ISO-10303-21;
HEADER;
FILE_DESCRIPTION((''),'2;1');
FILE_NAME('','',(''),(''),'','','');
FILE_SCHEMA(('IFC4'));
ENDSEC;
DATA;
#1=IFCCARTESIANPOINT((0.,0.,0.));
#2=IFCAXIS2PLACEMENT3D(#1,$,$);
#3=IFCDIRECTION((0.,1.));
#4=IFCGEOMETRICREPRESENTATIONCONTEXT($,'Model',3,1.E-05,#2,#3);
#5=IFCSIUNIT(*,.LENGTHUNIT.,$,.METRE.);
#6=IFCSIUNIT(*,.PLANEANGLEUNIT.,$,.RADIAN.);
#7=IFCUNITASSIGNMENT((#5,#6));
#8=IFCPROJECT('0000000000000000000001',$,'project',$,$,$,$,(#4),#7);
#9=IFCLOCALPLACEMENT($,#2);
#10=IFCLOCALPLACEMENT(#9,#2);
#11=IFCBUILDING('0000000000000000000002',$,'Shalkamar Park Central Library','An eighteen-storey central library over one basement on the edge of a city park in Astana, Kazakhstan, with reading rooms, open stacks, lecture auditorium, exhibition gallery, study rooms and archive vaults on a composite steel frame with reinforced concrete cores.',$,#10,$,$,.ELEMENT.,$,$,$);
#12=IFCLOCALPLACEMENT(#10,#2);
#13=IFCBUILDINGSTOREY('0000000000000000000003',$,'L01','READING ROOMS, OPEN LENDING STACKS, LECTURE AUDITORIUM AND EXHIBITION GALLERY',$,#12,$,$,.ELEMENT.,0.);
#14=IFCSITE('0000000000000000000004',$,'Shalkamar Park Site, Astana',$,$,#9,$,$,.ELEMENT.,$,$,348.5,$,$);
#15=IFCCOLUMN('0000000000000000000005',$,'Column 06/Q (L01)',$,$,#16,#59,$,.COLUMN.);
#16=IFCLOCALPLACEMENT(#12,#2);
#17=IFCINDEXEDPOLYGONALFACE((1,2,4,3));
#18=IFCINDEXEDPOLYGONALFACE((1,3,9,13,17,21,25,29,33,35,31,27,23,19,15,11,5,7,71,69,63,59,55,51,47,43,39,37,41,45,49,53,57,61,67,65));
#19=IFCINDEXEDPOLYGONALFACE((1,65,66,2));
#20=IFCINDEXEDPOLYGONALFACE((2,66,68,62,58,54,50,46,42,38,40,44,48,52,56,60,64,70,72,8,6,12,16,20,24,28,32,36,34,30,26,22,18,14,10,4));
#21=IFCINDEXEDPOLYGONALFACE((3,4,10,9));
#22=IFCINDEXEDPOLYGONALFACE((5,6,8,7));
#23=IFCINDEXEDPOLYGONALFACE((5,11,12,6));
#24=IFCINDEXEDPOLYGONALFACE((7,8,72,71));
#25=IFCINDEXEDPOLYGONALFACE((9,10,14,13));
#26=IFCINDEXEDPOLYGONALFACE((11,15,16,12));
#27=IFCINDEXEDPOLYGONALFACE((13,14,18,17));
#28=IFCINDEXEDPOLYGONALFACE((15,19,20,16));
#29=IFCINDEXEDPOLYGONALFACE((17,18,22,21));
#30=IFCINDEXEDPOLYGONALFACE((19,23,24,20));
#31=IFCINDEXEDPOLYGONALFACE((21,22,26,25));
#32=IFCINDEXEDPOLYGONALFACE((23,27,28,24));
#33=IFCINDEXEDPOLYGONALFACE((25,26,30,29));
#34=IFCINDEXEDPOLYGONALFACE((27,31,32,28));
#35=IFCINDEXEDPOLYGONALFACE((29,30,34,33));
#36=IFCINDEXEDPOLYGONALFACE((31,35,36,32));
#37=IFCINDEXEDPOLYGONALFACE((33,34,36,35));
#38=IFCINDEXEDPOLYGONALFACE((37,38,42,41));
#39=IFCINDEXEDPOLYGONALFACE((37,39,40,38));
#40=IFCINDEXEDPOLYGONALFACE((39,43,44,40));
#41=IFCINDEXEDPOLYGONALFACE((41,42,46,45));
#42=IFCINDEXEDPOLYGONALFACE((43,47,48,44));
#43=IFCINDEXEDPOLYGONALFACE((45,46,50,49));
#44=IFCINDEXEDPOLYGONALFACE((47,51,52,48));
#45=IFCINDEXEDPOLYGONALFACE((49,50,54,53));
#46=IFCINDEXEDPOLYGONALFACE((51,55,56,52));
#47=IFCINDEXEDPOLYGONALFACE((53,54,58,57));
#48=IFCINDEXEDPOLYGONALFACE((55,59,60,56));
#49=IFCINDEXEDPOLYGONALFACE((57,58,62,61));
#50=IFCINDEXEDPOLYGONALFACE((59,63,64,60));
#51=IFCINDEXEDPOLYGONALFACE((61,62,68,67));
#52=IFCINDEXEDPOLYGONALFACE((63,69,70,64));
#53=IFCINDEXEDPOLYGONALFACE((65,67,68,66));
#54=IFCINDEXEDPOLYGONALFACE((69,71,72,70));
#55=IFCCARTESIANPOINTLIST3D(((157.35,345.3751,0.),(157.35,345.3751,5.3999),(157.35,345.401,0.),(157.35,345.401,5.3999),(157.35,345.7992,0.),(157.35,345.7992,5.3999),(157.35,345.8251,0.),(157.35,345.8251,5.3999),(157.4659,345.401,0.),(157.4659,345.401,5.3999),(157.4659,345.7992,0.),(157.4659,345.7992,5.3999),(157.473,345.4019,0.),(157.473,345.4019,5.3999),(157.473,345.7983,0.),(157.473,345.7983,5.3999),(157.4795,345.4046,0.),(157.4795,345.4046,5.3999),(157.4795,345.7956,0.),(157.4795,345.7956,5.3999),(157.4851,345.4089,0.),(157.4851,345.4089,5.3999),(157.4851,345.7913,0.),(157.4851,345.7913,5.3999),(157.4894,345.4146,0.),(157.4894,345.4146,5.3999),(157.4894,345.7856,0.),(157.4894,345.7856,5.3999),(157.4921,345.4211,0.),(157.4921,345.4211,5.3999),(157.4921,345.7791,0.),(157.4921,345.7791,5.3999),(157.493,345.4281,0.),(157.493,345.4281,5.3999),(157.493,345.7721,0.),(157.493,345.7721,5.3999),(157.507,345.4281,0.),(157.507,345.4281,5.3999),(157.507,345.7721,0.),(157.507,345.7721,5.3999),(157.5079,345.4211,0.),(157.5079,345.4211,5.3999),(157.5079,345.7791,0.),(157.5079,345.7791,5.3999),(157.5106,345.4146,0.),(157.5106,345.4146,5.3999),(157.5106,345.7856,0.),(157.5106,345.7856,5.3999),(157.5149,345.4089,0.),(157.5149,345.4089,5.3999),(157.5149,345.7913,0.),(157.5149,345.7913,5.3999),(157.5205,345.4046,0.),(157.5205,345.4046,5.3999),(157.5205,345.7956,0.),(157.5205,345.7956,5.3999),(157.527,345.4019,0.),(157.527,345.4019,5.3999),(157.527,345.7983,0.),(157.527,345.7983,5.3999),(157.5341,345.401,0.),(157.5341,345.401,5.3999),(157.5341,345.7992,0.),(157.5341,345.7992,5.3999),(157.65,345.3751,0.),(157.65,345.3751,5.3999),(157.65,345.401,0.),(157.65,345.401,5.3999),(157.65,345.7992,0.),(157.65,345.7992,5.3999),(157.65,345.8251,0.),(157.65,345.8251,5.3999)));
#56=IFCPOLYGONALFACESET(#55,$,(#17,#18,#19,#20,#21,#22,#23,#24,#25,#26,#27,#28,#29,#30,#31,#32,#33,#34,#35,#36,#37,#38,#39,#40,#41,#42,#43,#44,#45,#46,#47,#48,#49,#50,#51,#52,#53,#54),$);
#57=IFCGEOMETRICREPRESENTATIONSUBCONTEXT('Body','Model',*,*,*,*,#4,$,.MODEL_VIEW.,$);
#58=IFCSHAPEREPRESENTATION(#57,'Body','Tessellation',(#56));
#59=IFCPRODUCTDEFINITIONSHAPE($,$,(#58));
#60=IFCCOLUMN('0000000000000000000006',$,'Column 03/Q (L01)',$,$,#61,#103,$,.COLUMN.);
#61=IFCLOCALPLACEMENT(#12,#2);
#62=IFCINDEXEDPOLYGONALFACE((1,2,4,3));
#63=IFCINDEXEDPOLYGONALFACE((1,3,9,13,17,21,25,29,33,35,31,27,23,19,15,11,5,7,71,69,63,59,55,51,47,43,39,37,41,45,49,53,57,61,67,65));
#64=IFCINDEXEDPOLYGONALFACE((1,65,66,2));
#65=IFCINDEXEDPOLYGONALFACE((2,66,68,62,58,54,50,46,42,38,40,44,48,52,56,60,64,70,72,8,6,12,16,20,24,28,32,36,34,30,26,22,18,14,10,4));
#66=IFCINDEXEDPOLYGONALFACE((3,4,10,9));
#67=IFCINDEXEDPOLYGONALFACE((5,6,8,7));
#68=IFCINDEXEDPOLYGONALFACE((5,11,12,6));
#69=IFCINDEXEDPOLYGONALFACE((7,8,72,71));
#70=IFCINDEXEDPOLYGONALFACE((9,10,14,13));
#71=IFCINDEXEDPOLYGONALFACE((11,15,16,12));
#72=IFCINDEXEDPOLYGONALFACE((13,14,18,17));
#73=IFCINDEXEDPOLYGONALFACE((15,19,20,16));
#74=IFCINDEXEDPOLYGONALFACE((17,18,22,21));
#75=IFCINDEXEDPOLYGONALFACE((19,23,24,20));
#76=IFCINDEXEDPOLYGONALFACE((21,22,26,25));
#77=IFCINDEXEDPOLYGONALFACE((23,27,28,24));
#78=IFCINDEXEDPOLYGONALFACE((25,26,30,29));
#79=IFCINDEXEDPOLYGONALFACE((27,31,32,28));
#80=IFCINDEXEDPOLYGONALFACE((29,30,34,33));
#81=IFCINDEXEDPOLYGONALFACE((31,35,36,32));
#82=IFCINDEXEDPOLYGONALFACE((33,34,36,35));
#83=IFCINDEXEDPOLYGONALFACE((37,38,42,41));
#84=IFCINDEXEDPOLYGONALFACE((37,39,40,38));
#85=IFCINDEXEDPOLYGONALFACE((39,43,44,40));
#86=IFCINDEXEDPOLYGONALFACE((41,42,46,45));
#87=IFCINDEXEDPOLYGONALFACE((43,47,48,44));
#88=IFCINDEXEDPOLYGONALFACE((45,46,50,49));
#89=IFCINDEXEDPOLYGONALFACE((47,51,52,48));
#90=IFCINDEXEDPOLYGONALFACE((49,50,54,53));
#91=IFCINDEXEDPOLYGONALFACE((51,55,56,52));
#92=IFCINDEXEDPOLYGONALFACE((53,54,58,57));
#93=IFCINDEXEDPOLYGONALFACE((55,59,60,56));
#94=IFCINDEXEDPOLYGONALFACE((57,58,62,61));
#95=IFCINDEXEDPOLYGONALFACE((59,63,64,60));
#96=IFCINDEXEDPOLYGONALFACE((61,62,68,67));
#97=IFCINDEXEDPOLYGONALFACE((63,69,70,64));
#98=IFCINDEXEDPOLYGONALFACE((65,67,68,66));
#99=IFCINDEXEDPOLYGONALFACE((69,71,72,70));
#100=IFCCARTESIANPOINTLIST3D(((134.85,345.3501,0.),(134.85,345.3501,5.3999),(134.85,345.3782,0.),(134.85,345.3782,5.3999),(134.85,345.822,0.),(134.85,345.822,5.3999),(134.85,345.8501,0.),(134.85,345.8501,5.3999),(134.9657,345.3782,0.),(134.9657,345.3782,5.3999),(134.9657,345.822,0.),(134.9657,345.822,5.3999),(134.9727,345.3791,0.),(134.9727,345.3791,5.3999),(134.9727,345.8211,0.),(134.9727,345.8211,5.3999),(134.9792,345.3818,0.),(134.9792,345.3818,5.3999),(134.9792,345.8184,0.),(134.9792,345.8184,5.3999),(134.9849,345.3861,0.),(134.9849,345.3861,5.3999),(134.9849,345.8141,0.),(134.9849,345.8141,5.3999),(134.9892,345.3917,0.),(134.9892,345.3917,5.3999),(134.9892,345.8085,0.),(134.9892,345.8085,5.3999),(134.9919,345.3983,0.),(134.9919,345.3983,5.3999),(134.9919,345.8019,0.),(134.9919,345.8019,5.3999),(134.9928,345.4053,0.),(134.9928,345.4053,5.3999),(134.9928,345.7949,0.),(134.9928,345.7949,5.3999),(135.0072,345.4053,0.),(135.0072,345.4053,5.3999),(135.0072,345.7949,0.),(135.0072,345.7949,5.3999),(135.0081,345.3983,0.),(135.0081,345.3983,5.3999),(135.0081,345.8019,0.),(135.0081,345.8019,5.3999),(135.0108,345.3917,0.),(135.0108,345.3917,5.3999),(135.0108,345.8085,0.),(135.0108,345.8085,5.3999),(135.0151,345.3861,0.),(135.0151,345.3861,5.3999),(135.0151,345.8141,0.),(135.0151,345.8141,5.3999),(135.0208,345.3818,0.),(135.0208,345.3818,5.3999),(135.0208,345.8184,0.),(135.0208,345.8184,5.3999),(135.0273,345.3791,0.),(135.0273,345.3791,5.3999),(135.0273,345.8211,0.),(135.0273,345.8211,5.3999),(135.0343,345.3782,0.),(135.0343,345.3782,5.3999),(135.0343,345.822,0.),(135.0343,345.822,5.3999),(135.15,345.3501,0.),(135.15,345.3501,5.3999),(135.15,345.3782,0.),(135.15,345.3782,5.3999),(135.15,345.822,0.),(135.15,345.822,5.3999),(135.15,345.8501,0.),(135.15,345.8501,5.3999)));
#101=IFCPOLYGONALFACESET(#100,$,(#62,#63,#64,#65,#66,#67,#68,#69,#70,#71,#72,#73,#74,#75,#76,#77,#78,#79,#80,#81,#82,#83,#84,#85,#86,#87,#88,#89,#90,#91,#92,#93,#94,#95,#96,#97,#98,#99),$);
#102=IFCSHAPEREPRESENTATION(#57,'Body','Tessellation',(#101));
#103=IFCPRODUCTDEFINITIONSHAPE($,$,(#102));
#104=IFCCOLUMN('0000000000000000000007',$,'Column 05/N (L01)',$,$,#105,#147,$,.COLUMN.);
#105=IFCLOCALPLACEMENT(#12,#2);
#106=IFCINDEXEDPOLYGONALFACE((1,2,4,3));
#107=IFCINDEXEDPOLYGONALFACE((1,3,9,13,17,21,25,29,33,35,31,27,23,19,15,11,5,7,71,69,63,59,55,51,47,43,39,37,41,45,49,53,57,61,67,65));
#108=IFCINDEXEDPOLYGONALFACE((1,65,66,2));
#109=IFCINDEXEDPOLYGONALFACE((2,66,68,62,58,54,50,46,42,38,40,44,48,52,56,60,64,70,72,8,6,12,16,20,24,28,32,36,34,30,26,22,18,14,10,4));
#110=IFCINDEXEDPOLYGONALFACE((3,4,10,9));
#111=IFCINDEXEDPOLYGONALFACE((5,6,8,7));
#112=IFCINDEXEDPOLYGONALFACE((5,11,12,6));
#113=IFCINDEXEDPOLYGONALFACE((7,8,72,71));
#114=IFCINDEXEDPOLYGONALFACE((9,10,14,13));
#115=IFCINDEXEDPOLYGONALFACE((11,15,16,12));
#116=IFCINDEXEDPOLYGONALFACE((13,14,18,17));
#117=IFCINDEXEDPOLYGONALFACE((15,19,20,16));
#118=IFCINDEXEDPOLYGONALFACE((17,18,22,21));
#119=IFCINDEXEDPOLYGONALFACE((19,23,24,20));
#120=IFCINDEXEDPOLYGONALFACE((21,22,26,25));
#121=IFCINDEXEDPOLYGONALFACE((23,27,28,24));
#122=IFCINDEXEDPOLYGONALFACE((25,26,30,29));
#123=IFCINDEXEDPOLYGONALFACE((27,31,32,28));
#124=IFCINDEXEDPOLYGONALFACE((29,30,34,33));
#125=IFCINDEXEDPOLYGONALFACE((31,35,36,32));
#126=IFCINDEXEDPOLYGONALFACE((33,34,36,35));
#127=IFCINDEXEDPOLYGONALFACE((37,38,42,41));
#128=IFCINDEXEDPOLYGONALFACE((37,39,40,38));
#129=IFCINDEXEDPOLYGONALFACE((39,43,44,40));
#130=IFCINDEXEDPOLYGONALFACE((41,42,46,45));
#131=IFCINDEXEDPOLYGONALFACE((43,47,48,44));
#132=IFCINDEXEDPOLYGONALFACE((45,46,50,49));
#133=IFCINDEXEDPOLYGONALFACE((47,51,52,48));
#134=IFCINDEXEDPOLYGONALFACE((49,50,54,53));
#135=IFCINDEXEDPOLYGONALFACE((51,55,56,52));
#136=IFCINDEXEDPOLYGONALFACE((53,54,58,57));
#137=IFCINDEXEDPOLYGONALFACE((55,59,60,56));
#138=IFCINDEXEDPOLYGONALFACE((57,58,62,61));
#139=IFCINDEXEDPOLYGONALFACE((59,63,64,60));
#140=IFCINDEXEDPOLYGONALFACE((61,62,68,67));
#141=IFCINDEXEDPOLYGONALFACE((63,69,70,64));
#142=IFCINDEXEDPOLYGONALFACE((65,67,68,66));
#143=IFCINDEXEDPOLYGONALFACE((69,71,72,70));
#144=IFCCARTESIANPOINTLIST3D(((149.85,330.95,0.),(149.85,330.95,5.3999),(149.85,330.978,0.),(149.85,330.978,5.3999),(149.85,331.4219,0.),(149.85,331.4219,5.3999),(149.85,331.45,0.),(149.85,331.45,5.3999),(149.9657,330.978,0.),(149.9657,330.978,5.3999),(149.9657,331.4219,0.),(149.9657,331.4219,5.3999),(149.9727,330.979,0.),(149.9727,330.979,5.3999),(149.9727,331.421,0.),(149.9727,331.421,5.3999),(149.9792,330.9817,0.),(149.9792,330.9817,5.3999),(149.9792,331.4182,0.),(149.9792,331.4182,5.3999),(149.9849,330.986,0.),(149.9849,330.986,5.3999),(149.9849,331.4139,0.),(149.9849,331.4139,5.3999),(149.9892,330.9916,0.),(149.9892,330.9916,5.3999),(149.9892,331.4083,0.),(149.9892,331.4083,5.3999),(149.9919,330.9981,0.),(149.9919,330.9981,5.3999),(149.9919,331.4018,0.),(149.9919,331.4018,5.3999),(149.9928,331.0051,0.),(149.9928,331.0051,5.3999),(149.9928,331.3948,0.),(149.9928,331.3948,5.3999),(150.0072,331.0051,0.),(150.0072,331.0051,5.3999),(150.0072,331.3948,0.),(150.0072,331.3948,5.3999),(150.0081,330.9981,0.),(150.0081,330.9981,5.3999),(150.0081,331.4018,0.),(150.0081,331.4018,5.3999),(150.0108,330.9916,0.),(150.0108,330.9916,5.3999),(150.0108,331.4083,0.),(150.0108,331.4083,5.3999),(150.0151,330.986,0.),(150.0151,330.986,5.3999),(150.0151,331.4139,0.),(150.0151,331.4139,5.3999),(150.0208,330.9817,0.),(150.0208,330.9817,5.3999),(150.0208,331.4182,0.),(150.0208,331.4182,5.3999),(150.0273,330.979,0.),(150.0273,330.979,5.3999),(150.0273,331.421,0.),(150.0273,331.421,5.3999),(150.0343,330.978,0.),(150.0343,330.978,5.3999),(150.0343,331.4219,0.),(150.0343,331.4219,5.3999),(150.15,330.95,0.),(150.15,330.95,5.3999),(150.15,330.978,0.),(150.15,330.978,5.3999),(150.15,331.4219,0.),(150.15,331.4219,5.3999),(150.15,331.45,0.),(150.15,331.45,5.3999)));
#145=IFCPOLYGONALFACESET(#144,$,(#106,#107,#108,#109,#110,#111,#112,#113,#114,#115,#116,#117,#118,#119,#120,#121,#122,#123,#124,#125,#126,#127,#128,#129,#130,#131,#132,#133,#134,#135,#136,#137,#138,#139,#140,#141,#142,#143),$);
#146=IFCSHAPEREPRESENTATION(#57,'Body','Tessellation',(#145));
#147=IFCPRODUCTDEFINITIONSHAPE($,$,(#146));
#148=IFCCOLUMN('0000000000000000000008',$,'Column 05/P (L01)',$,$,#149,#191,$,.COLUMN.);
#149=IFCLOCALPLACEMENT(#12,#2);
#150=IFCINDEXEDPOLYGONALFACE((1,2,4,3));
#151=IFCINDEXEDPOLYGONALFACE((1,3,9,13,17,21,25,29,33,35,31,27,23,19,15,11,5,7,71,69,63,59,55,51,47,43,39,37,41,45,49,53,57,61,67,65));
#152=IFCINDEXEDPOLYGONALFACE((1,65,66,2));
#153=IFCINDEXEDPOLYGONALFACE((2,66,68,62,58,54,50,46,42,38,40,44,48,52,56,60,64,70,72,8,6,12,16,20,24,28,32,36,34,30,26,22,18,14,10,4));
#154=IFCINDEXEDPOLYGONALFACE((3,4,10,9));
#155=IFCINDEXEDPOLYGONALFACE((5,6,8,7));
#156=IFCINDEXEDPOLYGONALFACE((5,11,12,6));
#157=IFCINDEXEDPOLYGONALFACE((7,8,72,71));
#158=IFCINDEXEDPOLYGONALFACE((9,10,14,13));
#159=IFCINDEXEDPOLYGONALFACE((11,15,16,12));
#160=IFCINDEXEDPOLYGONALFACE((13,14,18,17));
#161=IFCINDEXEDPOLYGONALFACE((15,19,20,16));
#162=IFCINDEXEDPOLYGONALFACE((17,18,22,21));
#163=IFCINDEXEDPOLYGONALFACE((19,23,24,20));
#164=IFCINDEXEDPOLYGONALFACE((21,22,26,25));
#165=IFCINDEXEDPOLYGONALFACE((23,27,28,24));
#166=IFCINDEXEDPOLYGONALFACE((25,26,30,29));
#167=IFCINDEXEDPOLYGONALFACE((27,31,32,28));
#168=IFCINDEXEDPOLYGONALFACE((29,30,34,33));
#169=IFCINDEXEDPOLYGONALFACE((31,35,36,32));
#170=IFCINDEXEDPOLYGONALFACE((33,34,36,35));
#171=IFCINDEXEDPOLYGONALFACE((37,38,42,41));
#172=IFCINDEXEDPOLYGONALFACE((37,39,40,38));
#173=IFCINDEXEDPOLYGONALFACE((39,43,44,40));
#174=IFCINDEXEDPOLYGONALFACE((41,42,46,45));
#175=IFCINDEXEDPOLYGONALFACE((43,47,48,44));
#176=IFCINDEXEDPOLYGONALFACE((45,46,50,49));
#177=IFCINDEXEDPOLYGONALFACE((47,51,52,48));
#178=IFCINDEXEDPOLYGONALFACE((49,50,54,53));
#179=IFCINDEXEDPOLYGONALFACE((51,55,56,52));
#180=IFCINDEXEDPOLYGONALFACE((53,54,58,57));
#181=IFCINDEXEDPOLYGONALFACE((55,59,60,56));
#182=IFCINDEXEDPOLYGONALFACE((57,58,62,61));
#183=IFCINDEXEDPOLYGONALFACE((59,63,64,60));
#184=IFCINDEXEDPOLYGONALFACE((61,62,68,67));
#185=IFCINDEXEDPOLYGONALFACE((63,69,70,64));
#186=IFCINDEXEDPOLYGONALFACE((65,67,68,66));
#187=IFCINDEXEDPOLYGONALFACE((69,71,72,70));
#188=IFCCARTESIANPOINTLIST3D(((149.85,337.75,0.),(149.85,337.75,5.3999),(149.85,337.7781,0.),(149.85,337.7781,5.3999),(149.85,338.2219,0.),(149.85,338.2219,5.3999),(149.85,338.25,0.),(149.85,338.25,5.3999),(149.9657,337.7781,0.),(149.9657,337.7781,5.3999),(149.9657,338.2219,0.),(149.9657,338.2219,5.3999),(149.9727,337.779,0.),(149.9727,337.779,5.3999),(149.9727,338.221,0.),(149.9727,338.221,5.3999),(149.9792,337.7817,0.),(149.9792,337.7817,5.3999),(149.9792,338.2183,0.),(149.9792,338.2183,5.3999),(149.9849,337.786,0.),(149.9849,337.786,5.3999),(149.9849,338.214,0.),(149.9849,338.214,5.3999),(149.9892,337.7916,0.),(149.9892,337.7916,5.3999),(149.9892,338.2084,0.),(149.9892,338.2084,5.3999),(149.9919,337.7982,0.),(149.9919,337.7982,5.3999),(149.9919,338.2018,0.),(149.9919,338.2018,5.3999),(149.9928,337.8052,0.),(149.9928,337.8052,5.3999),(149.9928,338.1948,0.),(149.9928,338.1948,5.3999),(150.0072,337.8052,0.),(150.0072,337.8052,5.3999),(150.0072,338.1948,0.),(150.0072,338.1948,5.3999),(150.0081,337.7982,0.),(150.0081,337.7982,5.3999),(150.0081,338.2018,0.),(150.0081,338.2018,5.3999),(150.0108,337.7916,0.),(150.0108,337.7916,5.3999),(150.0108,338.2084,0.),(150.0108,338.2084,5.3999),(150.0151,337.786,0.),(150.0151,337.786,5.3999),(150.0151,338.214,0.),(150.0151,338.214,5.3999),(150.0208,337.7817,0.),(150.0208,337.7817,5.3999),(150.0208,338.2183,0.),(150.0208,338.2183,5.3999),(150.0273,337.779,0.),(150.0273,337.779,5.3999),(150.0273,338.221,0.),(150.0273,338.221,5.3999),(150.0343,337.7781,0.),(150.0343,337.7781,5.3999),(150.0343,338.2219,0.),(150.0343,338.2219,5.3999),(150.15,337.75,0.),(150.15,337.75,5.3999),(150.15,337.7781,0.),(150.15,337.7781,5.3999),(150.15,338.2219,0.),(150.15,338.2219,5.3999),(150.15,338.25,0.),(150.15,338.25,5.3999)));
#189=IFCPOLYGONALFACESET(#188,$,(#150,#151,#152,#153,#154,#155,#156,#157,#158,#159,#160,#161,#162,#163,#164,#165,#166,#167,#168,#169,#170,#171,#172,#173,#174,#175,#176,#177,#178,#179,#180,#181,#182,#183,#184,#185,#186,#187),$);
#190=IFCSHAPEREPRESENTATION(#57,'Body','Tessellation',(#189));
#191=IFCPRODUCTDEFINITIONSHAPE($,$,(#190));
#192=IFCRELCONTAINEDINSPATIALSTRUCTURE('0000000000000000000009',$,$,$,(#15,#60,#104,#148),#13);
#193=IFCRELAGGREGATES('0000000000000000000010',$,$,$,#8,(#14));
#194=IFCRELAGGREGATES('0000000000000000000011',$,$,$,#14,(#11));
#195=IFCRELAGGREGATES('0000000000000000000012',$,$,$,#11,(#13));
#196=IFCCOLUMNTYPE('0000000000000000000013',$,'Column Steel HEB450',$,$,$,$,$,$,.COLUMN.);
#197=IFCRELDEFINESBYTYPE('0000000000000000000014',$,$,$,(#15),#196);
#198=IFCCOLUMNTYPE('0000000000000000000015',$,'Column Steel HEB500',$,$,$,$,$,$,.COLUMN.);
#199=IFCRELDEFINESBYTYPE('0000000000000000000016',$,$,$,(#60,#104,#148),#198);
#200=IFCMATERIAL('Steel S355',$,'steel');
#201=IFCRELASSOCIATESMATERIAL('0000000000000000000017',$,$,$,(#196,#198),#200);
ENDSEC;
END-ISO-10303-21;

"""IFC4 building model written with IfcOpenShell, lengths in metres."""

from ifc_helpers import new_model, si_unit, direction, frame, origin, origin_2d, place, context, subcontext, project, spatial, i_section, extrude, material, material_profile, profile_set, type_object, element, save


model = new_model("IFC4")

# Units and contexts
model_context = context("Model", 3, precision=1e-05, world=origin(), true_north=direction((0.0, 1.0)))
body_context = subcontext(model_context, "Body", "Model", "MODEL_VIEW")
ifc_project = project(units=[si_unit("LENGTHUNIT", "METRE"), si_unit("PLANEANGLEUNIT", "RADIAN")], contexts=[model_context])

# Site, building, storey
site_placement = place(None, origin())
site = spatial("IfcSite", under=ifc_project, at=site_placement, Name="Shalkamar Park Site, Astana", CompositionType="ELEMENT", RefElevation=348.5)
building_placement = place(site_placement, origin())
building = spatial("IfcBuilding", under=site, at=building_placement, Name="Shalkamar Park Central Library", Description="An eighteen-storey central library over one basement on the edge of a city park in Astana, Kazakhstan, with reading rooms, open stacks, lecture auditorium, exhibition gallery, study rooms and archive vaults on a composite steel frame with reinforced concrete cores.", CompositionType="ELEMENT")
storey_placement = place(building_placement, origin())
storey = spatial("IfcBuildingStorey", under=building, at=storey_placement, Name="L01", Description="READING ROOMS, OPEN LENDING STACKS, LECTURE AUDITORIUM AND EXHIBITION GALLERY", CompositionType="ELEMENT", Elevation=0.0)

# Columns
ifc_material_1 = material(Name="Steel S355", Category="steel")
ifc_material_profile_1 = material_profile(ifc_material_1, i_section(OverallWidth=0.3, OverallDepth=0.45, WebThickness=0.0139, FlangeThickness=0.0259, FilletRadius=0.0271, at=origin_2d()), Name="HEB 450")
ifc_profile_set_1 = profile_set([ifc_material_profile_1], Name="Steel S355")
column_type_1 = type_object("IfcColumnType", Name="Column Steel HEB450", PredefinedType="COLUMN", material=ifc_profile_set_1)
for number, where, z_axis, x_axis, name in (
    (1, (157.5, 345.6001, 0.0), (0.0, 0.0, 1.0), (1.0, 0.0, 0.0), "Column 06/Q (L01)"),
):
    element("IfcColumn", number, at=place(storey_placement, frame(where, z_axis=z_axis, x_axis=x_axis)), inside=storey, type_object=column_type_1, Name=name, PredefinedType="COLUMN", context=body_context, shape_type="SweptSolid", body=[
        extrude(i_section(OverallWidth=0.3, OverallDepth=0.45, WebThickness=0.0139, FlangeThickness=0.0259, FilletRadius=0.0271, at=origin_2d()), origin(), (0.0, 0.0, 1.0), 5.3999),
    ])
ifc_material_profile_2 = material_profile(ifc_material_1, i_section(OverallWidth=0.3, OverallDepth=0.5, WebThickness=0.0144, FlangeThickness=0.0281, FilletRadius=0.0271, at=origin_2d()), Name="HEB 500")
ifc_profile_set_2 = profile_set([ifc_material_profile_2], Name="Steel S355")
column_type_2 = type_object("IfcColumnType", Name="Column Steel HEB500", PredefinedType="COLUMN", material=ifc_profile_set_2)
for number, where, z_axis, x_axis, name in (
    (2, (135.0, 345.6001, 0.0), (0.0, 0.0, 1.0), (1.0, 0.0, 0.0), "Column 03/Q (L01)"),
    (3, (150.0, 331.2, 0.0), (0.0, 0.0, 1.0), (1.0, 0.0, 0.0), "Column 05/N (L01)"),
    (4, (150.0, 338.0, 0.0), (0.0, 0.0, 1.0), (1.0, 0.0, 0.0), "Column 05/P (L01)"),
):
    element("IfcColumn", number, at=place(storey_placement, frame(where, z_axis=z_axis, x_axis=x_axis)), inside=storey, type_object=column_type_2, Name=name, PredefinedType="COLUMN", context=body_context, shape_type="SweptSolid", body=[
        extrude(i_section(OverallWidth=0.3, OverallDepth=0.5, WebThickness=0.0144, FlangeThickness=0.0281, FilletRadius=0.0271, at=origin_2d()), origin(), (0.0, 0.0, 1.0), 5.3999),
    ])

save(model, "model.ifc")
